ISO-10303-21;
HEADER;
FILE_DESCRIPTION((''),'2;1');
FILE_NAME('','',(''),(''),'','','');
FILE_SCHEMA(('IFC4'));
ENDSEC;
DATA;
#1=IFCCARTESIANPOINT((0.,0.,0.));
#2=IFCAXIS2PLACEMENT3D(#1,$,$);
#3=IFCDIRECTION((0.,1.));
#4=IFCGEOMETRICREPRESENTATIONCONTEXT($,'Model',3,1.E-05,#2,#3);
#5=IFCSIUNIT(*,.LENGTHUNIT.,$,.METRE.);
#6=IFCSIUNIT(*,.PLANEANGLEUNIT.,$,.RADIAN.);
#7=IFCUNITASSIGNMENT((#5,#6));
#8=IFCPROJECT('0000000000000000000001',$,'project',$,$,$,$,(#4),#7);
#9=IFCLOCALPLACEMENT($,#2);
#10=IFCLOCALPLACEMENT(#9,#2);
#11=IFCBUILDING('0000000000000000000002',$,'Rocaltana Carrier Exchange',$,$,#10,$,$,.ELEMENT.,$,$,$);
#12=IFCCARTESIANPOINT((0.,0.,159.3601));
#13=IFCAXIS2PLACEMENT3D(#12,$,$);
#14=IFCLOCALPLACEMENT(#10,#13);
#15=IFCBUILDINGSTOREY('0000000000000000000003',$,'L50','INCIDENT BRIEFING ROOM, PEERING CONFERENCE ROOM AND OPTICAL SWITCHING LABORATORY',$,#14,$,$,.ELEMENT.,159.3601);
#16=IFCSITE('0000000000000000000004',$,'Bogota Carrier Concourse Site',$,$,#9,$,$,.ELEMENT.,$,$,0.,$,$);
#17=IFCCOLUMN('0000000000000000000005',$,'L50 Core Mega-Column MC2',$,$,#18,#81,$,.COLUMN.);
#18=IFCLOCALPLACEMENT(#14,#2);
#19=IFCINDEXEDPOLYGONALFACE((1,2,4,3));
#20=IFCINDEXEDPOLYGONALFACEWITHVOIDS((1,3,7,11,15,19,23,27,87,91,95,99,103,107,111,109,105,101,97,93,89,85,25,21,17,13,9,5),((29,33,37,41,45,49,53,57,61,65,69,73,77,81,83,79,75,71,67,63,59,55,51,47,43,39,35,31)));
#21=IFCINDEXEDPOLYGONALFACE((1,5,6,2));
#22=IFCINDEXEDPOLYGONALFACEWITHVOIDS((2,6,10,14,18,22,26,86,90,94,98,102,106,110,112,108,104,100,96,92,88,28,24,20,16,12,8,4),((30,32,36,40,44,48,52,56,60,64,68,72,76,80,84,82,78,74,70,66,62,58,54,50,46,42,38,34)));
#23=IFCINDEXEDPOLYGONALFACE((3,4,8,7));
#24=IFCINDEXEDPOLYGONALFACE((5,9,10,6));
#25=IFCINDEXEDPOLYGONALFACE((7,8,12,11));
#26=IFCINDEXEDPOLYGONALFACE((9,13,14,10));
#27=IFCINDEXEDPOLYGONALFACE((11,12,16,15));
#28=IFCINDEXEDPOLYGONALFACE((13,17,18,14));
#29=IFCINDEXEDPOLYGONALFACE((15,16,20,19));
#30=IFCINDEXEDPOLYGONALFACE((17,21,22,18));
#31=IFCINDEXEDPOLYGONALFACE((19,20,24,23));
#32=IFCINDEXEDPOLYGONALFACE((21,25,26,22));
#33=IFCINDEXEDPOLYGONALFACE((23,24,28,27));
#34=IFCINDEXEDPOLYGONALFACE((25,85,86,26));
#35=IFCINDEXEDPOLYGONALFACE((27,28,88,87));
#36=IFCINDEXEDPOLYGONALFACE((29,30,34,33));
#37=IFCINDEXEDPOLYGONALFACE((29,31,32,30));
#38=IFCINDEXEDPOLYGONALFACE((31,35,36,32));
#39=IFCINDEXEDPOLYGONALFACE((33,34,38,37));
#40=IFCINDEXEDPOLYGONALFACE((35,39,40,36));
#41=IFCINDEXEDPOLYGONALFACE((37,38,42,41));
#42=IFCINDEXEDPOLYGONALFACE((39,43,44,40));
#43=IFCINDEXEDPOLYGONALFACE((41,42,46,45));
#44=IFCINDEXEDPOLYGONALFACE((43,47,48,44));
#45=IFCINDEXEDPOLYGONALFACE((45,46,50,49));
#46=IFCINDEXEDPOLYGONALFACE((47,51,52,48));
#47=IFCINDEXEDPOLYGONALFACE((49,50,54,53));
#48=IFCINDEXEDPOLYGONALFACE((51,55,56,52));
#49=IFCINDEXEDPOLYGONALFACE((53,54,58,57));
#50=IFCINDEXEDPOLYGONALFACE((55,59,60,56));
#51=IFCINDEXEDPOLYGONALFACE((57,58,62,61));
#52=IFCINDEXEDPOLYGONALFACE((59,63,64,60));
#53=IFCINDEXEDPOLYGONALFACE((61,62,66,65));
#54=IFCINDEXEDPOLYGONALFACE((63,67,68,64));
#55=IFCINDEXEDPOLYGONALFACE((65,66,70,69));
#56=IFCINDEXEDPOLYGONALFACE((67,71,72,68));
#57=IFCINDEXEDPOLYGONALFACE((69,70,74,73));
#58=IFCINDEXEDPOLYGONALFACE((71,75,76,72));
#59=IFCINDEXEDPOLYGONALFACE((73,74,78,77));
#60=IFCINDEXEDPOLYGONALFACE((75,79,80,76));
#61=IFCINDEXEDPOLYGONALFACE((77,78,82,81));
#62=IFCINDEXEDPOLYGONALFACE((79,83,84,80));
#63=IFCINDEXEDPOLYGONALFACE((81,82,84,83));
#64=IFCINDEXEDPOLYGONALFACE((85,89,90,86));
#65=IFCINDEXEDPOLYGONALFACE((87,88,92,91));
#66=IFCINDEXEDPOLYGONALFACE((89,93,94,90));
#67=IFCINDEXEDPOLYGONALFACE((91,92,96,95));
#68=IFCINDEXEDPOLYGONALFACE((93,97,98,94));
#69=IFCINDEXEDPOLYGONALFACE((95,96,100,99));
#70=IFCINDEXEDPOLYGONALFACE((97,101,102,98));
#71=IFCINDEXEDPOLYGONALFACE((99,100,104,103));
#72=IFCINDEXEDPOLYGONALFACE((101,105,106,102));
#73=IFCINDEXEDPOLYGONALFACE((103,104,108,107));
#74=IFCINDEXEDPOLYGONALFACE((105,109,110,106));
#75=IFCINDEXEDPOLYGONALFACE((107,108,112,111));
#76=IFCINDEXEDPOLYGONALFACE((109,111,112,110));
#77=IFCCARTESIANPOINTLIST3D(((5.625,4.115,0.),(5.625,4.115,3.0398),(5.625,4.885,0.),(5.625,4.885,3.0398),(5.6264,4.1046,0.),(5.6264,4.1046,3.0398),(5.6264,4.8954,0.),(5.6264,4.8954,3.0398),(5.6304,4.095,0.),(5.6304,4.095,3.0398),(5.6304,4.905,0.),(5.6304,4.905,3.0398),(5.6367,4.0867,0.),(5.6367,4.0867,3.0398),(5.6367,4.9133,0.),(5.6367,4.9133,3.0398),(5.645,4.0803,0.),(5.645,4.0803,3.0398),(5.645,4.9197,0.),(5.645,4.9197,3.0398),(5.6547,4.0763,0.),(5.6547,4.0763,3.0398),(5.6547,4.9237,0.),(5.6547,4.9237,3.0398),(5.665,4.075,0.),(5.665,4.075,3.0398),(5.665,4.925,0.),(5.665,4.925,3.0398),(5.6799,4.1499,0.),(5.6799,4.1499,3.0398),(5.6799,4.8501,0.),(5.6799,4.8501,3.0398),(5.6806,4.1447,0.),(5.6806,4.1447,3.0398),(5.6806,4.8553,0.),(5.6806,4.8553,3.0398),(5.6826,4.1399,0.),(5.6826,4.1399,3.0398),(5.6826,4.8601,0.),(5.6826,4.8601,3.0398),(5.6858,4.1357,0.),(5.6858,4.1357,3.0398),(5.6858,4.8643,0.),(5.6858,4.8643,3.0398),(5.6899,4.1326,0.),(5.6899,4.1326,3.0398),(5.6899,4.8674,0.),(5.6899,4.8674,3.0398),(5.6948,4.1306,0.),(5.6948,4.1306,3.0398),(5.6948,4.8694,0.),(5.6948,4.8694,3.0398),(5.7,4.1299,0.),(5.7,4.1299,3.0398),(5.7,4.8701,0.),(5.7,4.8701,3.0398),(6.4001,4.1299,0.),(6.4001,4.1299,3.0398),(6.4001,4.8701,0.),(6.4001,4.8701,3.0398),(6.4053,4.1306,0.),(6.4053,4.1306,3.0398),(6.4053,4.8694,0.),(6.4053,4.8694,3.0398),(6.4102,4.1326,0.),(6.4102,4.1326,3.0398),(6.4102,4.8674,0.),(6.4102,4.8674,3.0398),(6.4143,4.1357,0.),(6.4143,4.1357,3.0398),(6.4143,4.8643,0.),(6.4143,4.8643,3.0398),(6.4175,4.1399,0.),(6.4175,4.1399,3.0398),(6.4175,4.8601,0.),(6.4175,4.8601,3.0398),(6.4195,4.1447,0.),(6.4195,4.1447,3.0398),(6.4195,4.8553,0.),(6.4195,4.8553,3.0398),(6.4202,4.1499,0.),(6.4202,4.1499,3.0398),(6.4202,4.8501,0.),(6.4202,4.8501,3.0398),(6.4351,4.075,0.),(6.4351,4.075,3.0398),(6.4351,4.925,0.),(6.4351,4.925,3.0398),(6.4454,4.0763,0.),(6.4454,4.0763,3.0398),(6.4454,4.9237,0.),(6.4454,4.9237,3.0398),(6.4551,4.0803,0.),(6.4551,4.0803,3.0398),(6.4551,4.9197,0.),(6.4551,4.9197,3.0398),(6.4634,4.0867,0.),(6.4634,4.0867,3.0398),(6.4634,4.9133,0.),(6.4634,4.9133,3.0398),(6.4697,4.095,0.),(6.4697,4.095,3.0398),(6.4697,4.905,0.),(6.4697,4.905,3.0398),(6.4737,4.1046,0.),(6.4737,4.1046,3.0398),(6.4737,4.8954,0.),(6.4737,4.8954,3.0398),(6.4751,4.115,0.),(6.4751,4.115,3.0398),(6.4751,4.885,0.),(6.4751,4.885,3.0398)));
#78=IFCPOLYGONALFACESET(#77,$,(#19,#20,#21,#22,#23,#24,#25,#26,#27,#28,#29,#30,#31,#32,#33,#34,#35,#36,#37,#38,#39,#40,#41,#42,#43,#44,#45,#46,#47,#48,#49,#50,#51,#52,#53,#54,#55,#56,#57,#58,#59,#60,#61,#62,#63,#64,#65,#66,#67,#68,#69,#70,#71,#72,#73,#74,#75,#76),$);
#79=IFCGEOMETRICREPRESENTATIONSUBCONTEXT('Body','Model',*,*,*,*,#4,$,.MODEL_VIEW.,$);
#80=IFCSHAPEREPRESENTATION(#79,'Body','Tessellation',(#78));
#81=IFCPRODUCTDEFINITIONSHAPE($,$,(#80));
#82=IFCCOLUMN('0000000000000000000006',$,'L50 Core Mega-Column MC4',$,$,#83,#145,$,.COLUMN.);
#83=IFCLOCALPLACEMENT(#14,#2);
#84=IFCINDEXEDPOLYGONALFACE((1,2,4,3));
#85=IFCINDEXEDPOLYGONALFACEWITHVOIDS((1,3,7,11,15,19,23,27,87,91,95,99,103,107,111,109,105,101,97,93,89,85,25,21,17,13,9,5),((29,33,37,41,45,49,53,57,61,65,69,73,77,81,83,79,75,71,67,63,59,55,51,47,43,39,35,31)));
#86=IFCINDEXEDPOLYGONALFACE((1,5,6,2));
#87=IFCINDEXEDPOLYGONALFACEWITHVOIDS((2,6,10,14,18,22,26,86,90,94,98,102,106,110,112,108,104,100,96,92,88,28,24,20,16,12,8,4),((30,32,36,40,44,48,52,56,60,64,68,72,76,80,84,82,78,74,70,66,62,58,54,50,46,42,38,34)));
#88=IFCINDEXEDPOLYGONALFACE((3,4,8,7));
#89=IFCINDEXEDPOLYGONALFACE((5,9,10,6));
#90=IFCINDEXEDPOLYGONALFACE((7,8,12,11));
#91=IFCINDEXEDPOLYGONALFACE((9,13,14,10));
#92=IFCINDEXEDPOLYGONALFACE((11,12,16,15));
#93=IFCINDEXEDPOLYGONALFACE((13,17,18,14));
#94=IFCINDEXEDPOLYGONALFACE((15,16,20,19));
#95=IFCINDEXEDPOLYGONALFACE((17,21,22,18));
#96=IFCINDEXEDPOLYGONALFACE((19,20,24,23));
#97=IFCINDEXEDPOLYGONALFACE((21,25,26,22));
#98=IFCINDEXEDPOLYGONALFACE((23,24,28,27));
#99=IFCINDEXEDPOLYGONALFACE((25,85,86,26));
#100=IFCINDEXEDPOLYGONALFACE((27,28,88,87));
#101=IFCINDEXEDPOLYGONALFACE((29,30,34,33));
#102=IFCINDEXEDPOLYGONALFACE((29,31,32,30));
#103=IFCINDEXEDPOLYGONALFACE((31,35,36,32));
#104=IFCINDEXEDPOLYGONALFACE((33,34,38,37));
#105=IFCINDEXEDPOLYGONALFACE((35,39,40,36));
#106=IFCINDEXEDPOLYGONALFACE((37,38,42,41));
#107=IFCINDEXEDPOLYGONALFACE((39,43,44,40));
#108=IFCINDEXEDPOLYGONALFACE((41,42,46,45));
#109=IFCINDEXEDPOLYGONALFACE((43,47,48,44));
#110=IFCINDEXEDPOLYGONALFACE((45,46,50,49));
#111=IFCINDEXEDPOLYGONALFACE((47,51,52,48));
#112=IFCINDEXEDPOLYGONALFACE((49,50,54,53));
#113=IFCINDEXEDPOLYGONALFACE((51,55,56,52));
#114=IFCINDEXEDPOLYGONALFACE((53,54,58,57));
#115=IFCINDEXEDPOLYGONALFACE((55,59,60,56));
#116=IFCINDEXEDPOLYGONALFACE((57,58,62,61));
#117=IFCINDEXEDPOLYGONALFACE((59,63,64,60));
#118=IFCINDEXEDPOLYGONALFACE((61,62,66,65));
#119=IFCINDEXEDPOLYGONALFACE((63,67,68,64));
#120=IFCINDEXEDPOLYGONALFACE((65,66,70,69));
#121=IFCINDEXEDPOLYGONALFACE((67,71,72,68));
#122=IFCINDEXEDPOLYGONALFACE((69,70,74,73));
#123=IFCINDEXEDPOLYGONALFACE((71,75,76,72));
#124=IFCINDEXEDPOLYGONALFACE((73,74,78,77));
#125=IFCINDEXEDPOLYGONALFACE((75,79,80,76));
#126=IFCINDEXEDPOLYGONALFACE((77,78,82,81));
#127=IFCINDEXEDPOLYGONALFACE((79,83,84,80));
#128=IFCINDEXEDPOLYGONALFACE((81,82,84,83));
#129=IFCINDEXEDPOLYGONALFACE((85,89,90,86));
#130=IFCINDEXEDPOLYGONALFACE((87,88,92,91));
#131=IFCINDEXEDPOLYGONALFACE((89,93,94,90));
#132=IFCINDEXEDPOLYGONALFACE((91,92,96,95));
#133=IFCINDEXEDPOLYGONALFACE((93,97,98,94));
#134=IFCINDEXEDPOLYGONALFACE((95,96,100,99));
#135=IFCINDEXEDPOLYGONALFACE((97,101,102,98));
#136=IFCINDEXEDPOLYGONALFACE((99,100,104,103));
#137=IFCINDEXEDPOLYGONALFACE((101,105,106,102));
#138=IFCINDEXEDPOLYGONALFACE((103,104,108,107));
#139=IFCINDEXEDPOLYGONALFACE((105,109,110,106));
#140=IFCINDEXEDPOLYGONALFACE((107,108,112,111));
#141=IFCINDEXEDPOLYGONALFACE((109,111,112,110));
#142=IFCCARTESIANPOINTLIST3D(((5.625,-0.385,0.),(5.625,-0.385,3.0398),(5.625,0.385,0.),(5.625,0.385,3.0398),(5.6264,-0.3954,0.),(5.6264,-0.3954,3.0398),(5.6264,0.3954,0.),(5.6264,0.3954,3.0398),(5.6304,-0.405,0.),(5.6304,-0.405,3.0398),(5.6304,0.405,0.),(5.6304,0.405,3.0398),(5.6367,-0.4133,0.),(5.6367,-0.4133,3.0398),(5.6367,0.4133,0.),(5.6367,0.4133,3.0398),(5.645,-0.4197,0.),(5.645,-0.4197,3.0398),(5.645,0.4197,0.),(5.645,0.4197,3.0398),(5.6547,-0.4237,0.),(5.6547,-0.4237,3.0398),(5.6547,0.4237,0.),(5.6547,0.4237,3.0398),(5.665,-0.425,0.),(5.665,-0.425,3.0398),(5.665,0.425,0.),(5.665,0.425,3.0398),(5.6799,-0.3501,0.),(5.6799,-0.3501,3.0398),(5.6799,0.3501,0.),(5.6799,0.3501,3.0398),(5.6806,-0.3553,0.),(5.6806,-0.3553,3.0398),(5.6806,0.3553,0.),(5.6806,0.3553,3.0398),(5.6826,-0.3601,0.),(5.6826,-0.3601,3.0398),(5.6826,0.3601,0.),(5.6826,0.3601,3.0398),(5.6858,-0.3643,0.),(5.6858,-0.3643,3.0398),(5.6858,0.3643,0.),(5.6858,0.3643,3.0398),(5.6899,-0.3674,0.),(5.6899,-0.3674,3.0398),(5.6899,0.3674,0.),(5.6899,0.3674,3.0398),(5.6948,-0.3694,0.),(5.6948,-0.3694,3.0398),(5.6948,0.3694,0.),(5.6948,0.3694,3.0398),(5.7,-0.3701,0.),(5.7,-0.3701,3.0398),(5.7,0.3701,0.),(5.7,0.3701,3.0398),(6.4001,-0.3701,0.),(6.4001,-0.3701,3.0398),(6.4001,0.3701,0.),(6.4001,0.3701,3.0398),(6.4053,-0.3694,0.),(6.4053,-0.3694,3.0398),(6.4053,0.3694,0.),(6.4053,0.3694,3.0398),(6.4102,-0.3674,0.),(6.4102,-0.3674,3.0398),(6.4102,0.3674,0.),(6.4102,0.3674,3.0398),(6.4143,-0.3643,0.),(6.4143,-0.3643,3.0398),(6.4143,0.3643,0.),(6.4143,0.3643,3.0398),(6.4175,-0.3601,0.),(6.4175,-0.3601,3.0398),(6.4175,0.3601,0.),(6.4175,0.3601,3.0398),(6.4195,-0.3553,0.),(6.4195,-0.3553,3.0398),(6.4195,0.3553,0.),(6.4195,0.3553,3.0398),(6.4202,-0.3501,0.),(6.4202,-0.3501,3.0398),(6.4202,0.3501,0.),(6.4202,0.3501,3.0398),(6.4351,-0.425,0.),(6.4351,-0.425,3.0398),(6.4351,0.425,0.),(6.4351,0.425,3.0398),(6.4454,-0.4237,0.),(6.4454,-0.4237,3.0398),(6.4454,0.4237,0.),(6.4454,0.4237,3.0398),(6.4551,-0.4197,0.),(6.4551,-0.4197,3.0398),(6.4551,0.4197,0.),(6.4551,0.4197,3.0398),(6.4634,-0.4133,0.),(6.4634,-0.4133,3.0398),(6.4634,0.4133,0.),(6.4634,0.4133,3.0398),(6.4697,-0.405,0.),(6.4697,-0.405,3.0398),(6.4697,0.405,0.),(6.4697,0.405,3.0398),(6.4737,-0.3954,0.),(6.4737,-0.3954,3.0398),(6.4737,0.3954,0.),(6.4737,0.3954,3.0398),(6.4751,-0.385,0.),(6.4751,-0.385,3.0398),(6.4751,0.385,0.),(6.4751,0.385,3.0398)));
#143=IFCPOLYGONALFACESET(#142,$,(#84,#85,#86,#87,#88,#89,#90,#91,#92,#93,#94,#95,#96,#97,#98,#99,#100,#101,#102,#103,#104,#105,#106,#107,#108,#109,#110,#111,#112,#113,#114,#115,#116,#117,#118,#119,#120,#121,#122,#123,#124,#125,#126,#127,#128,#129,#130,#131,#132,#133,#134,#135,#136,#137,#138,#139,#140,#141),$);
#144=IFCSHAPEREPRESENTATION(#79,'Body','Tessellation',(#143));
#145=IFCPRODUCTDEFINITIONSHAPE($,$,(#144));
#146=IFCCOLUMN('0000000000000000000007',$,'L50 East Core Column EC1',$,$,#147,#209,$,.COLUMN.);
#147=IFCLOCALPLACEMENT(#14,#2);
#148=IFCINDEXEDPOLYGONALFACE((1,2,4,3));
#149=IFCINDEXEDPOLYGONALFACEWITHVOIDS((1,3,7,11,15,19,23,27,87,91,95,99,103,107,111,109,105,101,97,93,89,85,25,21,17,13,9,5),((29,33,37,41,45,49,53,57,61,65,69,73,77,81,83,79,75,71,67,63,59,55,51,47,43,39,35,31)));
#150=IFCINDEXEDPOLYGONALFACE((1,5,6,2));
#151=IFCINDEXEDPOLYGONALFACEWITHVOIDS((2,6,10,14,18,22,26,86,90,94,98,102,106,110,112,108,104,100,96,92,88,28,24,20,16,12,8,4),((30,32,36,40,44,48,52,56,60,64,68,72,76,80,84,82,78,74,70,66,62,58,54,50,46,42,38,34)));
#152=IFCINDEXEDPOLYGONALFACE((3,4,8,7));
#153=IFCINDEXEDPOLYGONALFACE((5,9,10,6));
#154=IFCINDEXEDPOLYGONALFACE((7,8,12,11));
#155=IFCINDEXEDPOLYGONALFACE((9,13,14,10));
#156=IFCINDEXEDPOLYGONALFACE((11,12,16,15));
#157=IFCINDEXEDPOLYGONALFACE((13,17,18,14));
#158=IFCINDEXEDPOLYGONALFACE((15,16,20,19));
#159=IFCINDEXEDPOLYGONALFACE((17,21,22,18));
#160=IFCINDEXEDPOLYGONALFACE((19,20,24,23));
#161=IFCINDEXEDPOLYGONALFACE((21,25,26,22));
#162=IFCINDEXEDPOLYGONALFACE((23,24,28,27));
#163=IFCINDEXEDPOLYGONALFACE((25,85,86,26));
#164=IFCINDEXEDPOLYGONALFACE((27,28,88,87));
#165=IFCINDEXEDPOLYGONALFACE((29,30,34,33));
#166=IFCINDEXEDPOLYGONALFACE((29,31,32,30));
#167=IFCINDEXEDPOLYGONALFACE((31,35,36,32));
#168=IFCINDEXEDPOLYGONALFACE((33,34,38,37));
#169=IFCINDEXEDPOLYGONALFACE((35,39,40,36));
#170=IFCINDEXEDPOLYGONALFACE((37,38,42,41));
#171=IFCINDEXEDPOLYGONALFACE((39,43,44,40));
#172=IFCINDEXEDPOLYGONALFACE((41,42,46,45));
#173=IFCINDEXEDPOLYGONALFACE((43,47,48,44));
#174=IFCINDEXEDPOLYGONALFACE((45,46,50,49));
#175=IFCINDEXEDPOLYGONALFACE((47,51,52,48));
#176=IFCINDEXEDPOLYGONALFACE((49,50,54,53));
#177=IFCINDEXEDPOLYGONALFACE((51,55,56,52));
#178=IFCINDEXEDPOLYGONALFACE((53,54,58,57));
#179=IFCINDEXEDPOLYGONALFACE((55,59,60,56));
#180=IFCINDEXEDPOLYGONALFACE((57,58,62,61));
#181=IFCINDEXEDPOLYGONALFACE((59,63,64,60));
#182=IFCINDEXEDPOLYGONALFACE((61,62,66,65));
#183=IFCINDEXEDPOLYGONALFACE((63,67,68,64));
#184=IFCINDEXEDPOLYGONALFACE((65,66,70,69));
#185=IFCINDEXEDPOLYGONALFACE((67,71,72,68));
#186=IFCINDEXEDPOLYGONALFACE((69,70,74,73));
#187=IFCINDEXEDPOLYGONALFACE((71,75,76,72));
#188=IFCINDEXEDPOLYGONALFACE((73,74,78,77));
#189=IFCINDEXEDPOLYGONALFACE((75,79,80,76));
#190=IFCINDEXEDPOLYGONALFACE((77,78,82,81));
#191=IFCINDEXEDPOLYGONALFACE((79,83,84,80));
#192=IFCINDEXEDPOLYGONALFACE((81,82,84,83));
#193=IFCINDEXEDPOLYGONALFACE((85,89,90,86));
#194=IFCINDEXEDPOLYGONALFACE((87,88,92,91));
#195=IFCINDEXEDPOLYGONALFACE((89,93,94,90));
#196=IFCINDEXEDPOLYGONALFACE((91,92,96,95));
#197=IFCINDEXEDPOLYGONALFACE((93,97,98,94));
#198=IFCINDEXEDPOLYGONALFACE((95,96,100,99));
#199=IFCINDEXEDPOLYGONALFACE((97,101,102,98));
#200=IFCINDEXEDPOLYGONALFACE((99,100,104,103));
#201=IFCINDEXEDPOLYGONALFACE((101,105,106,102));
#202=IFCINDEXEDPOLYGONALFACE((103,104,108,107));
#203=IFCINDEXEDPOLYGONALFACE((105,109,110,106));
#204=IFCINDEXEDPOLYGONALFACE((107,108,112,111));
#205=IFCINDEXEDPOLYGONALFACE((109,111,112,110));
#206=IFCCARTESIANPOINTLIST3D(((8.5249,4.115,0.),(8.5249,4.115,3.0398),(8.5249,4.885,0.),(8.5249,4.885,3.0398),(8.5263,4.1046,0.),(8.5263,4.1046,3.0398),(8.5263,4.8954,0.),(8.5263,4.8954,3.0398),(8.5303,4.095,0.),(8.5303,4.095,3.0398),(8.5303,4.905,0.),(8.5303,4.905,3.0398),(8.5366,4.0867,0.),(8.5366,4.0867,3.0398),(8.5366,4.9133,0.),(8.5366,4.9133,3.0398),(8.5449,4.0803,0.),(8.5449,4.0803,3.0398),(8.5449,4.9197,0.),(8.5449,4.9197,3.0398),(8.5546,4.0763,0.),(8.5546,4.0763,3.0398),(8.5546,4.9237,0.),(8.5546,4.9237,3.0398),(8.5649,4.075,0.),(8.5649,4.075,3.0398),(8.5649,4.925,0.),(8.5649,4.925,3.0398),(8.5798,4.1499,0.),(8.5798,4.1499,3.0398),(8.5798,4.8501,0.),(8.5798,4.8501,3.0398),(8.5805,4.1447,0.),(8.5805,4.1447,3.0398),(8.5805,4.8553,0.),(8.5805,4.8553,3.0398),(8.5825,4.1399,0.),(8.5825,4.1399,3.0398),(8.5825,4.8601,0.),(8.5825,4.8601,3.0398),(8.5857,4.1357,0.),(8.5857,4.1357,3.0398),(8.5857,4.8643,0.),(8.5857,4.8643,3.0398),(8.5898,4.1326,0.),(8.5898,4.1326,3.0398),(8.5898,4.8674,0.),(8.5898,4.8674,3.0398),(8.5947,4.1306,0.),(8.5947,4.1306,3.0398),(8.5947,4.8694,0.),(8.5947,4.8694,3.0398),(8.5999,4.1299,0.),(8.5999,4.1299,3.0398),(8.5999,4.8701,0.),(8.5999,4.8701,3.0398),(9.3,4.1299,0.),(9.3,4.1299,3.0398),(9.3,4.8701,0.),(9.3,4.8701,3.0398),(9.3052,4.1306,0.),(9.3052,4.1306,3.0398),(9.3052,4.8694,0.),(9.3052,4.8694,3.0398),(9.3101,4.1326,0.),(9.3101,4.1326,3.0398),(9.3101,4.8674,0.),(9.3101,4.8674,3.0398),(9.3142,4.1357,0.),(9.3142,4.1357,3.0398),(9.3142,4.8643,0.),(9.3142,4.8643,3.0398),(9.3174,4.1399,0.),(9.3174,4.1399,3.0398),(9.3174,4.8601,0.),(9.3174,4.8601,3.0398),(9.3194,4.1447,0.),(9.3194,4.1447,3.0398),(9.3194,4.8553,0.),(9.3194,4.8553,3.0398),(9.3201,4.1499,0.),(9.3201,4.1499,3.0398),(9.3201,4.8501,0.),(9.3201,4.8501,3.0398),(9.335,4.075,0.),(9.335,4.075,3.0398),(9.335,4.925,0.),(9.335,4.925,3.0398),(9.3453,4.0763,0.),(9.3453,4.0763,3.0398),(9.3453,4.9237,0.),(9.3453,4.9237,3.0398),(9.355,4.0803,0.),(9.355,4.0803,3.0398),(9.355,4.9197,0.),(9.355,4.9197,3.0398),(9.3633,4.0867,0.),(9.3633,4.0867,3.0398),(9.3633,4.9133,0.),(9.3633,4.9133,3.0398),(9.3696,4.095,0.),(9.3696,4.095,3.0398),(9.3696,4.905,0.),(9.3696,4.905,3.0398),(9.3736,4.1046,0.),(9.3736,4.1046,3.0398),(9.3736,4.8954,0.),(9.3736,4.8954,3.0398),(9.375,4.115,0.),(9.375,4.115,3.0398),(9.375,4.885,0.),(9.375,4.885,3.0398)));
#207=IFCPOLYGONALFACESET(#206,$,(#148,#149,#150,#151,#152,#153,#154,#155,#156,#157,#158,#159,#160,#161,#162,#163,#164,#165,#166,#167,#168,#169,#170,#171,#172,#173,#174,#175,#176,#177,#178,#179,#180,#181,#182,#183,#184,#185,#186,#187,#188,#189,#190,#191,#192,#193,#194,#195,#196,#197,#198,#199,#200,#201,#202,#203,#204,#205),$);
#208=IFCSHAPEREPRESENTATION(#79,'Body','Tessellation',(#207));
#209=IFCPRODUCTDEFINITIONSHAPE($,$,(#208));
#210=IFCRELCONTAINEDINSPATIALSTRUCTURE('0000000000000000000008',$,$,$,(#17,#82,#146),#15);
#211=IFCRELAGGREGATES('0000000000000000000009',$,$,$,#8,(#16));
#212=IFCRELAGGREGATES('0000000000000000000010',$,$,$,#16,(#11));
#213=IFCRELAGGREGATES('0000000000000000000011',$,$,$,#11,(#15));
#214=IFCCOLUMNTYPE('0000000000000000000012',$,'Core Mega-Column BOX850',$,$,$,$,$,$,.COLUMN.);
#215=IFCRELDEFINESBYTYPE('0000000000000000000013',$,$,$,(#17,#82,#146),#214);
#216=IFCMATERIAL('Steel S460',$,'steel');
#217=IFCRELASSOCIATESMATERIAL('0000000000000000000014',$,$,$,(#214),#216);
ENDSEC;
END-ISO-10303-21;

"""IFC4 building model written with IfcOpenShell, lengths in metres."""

from ifc_helpers import new_model, si_unit, direction, frame, origin, origin_2d, place, context, subcontext, project, spatial, hollow_rectangle, extrude, material, material_profile, profile_set, type_object, element, save


model = new_model("IFC4")

# Units and contexts
model_context = context("Model", 3, precision=1e-05, world=origin(), true_north=direction((0.0, 1.0)))
body_context = subcontext(model_context, "Body", "Model", "MODEL_VIEW")
ifc_project = project(units=[si_unit("LENGTHUNIT", "METRE"), si_unit("PLANEANGLEUNIT", "RADIAN")], contexts=[model_context])

# Site, building, storey
site_placement = place(None, origin())
site = spatial("IfcSite", under=ifc_project, at=site_placement, Name="Bogota Carrier Concourse Site", CompositionType="ELEMENT", RefElevation=0.0)
building_placement = place(site_placement, origin())
building = spatial("IfcBuilding", under=site, at=building_placement, Name="Rocaltana Carrier Exchange", CompositionType="ELEMENT")
storey_placement = place(building_placement, frame((0.0, 0.0, 159.3601)))
storey = spatial("IfcBuildingStorey", under=building, at=storey_placement, Name="L50", Description="INCIDENT BRIEFING ROOM, PEERING CONFERENCE ROOM AND OPTICAL SWITCHING LABORATORY", CompositionType="ELEMENT", Elevation=159.3601)

# Columns
ifc_material_1 = material(Name="Steel S460", Category="steel")
ifc_material_profile_1 = material_profile(ifc_material_1, hollow_rectangle(XDim=0.8501, YDim=0.8501, WallThickness=0.0549, InnerFilletRadius=0.02, OuterFilletRadius=0.04, at=origin_2d()), Name="BOX850X850X55")
ifc_profile_set_1 = profile_set([ifc_material_profile_1], Name="Steel S460")
column_type = type_object("IfcColumnType", Name="Core Mega-Column BOX850", PredefinedType="COLUMN", material=ifc_profile_set_1)
for number, where, z_axis, x_axis, name in (
    (1, (6.05, 4.5, 0.0), (0.0, 0.0, 1.0), (1.0, 0.0, 0.0), "L50 Core Mega-Column MC2"),
    (2, (6.05, 0.0, 0.0), (0.0, 0.0, 1.0), (1.0, 0.0, 0.0), "L50 Core Mega-Column MC4"),
    (3, (8.95, 4.5, 0.0), (0.0, 0.0, 1.0), (1.0, 0.0, 0.0), "L50 East Core Column EC1"),
):
    element("IfcColumn", number, at=place(storey_placement, frame(where, z_axis=z_axis, x_axis=x_axis)), inside=storey, type_object=column_type, Name=name, PredefinedType="COLUMN", context=body_context, shape_type="SweptSolid", body=[
        extrude(hollow_rectangle(XDim=0.8501, YDim=0.8501, WallThickness=0.0549, InnerFilletRadius=0.02, OuterFilletRadius=0.04, at=origin_2d()), origin(), (0.0, 0.0, 1.0), 3.0398),
    ])

save(model, "model.ifc")
